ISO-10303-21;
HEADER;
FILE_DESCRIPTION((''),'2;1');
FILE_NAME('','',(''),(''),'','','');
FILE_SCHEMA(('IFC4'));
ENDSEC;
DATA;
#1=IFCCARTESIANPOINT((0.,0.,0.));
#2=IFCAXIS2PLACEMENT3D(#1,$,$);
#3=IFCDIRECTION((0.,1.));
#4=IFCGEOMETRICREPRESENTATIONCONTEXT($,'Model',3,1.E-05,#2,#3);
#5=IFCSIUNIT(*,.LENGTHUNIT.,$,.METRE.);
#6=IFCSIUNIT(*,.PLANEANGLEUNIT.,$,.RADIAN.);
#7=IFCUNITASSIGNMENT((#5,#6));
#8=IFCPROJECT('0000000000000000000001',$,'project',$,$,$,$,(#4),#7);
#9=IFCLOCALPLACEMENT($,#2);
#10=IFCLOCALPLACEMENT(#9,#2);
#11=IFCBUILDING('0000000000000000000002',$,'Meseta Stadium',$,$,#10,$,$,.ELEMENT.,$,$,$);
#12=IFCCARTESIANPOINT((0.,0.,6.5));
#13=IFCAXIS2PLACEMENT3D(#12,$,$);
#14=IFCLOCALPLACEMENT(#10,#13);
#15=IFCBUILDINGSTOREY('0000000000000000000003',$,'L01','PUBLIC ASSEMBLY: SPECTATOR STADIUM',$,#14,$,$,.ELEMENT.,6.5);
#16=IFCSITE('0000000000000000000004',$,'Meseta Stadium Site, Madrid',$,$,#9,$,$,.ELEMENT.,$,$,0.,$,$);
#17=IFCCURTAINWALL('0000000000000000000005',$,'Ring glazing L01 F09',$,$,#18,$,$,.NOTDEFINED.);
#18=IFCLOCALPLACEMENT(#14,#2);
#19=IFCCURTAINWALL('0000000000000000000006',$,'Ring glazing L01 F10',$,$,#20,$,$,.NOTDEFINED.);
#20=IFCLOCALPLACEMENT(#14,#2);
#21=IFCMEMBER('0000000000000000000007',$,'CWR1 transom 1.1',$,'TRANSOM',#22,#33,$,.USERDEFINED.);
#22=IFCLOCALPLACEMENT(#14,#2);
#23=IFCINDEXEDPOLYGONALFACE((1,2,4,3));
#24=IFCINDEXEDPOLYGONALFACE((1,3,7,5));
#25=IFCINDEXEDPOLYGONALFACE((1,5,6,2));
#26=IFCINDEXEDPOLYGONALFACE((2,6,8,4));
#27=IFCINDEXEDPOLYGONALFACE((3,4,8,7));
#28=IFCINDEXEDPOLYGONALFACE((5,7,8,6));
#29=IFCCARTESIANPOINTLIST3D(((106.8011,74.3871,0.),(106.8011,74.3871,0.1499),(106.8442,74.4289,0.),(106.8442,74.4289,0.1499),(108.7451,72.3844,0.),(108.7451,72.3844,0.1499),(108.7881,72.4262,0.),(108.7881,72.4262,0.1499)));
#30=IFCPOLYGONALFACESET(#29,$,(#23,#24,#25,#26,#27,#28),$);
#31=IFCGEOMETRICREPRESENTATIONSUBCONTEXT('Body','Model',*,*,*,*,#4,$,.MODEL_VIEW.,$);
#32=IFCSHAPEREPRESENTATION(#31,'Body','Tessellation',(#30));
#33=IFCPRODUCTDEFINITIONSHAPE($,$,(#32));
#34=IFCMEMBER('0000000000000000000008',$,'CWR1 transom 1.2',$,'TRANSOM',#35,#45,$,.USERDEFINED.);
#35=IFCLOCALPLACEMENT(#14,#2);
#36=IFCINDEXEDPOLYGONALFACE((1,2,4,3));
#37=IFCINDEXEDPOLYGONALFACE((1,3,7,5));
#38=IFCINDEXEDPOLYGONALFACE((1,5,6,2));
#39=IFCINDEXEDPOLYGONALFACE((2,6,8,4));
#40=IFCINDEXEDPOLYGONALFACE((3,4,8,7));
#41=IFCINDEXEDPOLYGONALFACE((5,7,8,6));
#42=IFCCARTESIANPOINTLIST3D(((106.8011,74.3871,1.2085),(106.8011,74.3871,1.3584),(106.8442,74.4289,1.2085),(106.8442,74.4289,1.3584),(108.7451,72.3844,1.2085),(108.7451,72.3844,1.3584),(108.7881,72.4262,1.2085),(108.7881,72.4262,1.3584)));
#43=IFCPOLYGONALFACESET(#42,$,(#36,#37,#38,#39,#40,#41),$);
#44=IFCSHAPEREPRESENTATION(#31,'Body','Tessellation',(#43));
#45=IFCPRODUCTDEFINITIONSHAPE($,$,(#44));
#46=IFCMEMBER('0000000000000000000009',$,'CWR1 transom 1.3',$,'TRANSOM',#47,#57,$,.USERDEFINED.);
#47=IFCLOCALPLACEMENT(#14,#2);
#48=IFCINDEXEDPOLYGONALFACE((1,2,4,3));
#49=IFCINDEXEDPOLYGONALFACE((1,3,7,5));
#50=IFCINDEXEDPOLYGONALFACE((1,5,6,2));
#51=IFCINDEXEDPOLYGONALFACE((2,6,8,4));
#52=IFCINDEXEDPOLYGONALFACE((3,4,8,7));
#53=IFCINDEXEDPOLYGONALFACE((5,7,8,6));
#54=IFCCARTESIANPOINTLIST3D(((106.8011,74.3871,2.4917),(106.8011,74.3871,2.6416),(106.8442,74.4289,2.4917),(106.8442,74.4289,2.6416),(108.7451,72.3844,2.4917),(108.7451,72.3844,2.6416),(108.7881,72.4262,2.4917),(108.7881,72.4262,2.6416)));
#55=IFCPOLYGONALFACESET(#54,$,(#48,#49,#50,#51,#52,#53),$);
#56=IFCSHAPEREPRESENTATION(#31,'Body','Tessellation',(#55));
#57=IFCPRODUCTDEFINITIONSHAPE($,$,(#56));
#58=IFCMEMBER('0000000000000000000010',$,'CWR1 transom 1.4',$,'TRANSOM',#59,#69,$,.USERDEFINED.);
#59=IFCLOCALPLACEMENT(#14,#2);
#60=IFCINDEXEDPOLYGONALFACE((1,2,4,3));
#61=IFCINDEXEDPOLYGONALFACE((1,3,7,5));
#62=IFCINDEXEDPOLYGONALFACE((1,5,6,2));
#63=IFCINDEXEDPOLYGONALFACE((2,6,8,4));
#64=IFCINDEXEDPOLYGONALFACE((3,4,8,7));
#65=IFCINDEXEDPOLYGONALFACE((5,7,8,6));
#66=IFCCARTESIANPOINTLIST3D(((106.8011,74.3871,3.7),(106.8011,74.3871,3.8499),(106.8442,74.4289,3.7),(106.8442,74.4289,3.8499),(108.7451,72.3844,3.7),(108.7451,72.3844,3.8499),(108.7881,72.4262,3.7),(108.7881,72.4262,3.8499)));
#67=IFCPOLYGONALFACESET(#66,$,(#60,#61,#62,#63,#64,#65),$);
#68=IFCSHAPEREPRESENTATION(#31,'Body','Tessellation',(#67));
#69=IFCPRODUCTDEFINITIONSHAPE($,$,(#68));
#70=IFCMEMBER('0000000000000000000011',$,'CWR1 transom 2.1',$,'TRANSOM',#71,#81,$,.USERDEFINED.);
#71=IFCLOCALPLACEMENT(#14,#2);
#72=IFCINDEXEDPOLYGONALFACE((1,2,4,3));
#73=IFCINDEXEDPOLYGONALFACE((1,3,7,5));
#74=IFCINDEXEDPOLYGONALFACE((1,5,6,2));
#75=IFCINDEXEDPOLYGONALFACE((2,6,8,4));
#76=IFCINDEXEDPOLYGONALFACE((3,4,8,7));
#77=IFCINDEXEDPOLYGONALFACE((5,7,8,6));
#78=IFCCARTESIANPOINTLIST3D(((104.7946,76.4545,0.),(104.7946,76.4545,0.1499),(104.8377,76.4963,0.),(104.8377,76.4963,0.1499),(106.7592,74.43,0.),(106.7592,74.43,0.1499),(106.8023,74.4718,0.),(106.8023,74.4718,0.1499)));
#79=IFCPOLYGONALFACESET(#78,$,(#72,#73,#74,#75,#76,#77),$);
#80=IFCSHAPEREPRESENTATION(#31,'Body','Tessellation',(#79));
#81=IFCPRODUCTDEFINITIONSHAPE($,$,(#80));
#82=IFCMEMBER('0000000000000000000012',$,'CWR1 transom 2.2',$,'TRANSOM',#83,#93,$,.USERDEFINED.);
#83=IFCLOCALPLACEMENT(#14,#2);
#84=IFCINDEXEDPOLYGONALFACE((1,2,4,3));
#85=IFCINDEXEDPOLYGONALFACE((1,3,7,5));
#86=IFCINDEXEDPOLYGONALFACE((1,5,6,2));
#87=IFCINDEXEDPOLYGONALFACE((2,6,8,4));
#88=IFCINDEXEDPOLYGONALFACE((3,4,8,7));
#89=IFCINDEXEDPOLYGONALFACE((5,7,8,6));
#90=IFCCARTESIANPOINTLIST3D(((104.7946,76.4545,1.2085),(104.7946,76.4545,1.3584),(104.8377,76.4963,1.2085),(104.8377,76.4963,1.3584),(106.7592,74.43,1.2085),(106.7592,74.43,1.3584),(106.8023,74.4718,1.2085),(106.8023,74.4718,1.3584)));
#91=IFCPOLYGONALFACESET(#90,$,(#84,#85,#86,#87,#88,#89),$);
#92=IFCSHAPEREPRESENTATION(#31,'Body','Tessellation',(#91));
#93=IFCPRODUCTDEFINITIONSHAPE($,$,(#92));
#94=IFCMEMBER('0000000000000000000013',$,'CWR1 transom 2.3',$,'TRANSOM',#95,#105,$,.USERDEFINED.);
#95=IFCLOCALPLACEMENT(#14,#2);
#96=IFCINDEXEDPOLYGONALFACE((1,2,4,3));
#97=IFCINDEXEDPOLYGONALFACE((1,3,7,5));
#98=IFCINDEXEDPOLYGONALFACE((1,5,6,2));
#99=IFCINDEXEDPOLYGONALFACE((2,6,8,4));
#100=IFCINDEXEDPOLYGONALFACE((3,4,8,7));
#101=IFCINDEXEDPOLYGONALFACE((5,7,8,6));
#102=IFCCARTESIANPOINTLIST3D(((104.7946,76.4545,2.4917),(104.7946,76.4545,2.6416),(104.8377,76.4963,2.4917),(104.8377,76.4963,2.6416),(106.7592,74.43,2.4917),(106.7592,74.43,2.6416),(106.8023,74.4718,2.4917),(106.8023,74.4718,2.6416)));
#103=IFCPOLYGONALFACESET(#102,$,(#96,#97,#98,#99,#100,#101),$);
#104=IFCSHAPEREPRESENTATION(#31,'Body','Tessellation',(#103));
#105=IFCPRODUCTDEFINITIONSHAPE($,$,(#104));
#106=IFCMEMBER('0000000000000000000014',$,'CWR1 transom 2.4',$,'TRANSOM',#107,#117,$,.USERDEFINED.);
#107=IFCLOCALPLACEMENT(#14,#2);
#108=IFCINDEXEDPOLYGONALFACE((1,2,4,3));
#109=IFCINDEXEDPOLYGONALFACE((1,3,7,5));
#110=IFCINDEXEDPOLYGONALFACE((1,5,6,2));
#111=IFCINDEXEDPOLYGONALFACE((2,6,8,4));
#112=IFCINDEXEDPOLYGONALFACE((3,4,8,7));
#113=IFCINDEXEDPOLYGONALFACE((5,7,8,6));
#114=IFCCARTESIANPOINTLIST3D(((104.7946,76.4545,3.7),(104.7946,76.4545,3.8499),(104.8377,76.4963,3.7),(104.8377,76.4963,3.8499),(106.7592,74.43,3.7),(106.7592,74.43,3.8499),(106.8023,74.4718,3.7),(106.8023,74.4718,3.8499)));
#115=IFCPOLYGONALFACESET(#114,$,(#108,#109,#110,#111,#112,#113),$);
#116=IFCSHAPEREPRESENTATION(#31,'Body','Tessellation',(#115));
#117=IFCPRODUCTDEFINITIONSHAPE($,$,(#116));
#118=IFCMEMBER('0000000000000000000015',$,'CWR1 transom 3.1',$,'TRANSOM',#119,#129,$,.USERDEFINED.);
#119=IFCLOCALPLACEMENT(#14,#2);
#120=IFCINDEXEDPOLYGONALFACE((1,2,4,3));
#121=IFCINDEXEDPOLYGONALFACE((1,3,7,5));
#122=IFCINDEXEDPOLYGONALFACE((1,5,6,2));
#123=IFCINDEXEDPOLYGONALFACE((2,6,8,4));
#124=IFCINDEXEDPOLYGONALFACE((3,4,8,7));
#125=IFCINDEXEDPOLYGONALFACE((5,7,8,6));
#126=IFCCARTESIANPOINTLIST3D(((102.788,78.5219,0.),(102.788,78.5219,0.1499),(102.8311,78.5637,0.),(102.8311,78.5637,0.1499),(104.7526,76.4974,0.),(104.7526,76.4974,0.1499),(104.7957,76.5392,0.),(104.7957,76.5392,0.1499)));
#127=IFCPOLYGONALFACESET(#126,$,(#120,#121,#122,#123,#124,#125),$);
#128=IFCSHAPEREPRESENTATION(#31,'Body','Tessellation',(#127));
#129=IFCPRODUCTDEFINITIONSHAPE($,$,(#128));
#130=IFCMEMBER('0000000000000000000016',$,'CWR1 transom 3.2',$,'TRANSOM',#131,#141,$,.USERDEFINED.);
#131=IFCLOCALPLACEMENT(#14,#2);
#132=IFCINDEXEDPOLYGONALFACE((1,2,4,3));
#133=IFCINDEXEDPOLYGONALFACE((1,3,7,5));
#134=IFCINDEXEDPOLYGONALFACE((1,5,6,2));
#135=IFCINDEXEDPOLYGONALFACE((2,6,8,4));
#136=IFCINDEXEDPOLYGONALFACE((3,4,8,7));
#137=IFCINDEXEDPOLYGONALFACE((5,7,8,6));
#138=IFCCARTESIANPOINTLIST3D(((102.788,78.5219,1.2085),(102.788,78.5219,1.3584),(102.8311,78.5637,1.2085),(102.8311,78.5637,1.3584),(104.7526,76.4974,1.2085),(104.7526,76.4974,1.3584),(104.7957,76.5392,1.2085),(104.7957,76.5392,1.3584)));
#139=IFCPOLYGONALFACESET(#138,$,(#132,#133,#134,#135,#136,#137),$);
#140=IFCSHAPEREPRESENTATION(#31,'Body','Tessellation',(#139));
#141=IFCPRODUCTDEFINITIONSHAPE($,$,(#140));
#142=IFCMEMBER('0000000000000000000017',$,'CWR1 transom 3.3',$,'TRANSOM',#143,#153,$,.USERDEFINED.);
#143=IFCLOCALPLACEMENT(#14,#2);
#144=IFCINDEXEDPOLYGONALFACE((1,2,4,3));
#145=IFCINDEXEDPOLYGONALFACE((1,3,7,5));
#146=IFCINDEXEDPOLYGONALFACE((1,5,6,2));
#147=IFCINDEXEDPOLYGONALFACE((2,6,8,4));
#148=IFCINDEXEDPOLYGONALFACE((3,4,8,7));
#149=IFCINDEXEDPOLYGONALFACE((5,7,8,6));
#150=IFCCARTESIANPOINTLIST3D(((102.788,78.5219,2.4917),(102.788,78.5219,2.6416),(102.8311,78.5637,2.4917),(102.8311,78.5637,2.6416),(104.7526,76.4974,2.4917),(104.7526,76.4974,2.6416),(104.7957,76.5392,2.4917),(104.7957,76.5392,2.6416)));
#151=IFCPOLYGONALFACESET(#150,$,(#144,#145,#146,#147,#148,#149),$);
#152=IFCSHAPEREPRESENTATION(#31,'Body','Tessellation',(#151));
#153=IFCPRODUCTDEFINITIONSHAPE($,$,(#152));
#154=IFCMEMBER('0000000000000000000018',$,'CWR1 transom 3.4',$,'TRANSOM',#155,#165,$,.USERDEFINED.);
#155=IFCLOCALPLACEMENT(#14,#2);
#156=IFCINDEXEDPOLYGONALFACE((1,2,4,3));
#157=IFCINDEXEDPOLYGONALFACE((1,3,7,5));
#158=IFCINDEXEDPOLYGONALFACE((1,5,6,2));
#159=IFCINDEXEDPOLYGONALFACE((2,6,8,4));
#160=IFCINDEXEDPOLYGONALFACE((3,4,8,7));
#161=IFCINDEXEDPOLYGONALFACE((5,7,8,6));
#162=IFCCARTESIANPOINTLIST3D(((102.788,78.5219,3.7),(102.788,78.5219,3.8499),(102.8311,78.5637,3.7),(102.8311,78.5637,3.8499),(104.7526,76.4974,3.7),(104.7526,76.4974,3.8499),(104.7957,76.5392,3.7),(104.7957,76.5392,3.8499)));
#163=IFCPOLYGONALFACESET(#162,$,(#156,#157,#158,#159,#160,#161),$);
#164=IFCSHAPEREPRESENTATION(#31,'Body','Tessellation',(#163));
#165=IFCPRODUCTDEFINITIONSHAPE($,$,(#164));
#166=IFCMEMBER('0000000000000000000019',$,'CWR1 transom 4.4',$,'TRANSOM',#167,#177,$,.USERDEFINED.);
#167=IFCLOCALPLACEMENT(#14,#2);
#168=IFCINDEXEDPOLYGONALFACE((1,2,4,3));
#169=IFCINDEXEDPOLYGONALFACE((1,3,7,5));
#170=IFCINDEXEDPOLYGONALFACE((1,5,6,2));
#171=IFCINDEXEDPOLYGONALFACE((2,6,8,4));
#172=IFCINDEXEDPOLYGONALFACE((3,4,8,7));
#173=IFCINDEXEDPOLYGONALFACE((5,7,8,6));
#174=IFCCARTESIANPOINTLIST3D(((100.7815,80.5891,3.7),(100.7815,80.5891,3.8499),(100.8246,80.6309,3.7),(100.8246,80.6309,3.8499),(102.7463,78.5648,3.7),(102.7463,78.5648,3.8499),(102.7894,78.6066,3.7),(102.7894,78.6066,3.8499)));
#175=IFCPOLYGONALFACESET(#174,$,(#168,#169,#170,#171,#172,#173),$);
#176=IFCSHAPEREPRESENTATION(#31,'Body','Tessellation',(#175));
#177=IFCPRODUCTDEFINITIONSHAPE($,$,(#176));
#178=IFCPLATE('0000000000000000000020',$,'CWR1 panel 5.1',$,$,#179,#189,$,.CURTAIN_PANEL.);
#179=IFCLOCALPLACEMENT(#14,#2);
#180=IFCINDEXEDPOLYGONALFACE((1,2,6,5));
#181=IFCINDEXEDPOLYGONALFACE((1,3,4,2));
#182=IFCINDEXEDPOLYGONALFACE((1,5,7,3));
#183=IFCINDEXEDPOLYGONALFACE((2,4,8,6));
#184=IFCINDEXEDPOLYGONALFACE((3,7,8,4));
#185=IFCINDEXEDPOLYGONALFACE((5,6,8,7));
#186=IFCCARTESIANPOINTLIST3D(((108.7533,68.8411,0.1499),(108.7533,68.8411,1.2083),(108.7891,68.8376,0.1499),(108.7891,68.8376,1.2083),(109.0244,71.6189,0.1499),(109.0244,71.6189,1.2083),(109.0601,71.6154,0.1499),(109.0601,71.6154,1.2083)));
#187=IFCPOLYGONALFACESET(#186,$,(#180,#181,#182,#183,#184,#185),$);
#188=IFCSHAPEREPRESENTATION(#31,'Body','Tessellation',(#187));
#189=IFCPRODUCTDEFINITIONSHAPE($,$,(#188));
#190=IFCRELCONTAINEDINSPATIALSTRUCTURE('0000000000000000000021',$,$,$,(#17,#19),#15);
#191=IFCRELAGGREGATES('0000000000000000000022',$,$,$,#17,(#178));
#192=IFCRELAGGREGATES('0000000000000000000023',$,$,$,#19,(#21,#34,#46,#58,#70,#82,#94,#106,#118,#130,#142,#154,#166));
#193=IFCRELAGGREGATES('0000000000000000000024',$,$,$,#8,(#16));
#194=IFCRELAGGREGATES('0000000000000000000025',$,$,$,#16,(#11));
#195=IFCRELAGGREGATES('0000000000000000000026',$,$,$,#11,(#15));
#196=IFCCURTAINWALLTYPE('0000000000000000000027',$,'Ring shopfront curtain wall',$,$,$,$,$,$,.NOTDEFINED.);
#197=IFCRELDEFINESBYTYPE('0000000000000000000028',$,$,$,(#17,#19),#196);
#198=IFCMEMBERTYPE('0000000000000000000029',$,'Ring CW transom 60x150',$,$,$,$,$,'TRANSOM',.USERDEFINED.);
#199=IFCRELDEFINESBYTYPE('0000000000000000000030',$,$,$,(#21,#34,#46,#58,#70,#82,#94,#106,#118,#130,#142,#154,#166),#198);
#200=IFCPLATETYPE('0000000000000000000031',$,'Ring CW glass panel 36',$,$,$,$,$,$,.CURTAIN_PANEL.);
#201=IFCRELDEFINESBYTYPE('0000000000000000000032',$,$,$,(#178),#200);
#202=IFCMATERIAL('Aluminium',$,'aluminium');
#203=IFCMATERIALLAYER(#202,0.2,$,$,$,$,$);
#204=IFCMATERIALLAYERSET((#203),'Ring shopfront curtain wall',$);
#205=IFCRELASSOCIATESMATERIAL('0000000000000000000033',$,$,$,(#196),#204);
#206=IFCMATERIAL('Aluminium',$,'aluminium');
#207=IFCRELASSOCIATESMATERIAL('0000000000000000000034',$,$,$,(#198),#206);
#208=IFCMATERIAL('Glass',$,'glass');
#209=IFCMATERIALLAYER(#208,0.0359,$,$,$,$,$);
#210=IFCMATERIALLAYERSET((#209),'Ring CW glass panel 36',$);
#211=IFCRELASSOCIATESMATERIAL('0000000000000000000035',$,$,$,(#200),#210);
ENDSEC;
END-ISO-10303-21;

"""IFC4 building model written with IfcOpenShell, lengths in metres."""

from ifc_helpers import new_model, si_unit, direction, frame, origin, origin_2d, place, context, subcontext, project, spatial, rectangle, extrude, material, layer, layer_set, material_profile, profile_set, type_object, element, aggregate, save


model = new_model("IFC4")

# Units and contexts
model_context = context("Model", 3, precision=1e-05, world=origin(), true_north=direction((0.0, 1.0)))
body_context = subcontext(model_context, "Body", "Model", "MODEL_VIEW")
ifc_project = project(units=[si_unit("LENGTHUNIT", "METRE"), si_unit("PLANEANGLEUNIT", "RADIAN")], contexts=[model_context])

# Site, building, storey
site_placement = place(None, origin())
site = spatial("IfcSite", under=ifc_project, at=site_placement, Name="Meseta Stadium Site, Madrid", CompositionType="ELEMENT", RefElevation=0.0)
building_placement = place(site_placement, origin())
building = spatial("IfcBuilding", under=site, at=building_placement, Name="Meseta Stadium", CompositionType="ELEMENT")
storey_placement = place(building_placement, frame((0.0, 0.0, 6.5)))
storey = spatial("IfcBuildingStorey", under=building, at=storey_placement, Name="L01", Description="PUBLIC ASSEMBLY: SPECTATOR STADIUM", CompositionType="ELEMENT", Elevation=6.5)

# Curtain wall
ifc_material_1 = material(Name="Aluminium", Category="aluminium")
ifc_layer_1 = layer(ifc_material_1, 0.2)
ifc_layer_set_1 = layer_set([ifc_layer_1], Name="Ring shopfront curtain wall")
curtain_wall_type = type_object("IfcCurtainWallType", Name="Ring shopfront curtain wall", PredefinedType="NOTDEFINED", material=ifc_layer_set_1)
curtain_wall_1_placement = place(storey_placement, origin())
curtain_wall_1 = element("IfcCurtainWall", 1, at=curtain_wall_1_placement, inside=storey, type_object=curtain_wall_type, Name="Ring glazing L01 F09", PredefinedType="NOTDEFINED")

# Curtain wall, members
curtain_wall_2_placement = place(storey_placement, origin())
curtain_wall_2 = element("IfcCurtainWall", 2, at=curtain_wall_2_placement, inside=storey, type_object=curtain_wall_type, Name="Ring glazing L01 F10", PredefinedType="NOTDEFINED")
ifc_material_2 = material(Name="Aluminium", Category="aluminium")
ifc_material_profile_1 = material_profile(ifc_material_2, rectangle(XDim=0.0601, YDim=0.1499, at=origin_2d()), Name="CW 60x150")
ifc_profile_set_1 = profile_set([ifc_material_profile_1], Name="Aluminium")
member_type_1 = type_object("IfcMemberType", Name="Ring CW transom 60x150", ElementType="TRANSOM", PredefinedType="USERDEFINED", material=ifc_profile_set_1)
member_1_placement = place(storey_placement, frame((108.7666, 72.4053, 0.075), z_axis=(-0.696487, 0.717569, 0.0), x_axis=(-0.717569, -0.696487, 0.0)))
member_1 = element("IfcMember", 3, at=member_1_placement, type_object=member_type_1, Name="CWR1 transom 1.1", ObjectType="TRANSOM", PredefinedType="USERDEFINED", context=body_context, shape_type="SweptSolid", body=[
    extrude(rectangle(XDim=0.0601, YDim=0.1499, at=origin_2d()), origin(), (0.0, 0.0, 1.0), 2.791),
])
member_2_placement = place(storey_placement, frame((108.7666, 72.4053, 1.2834), z_axis=(-0.696487, 0.717569, 0.0), x_axis=(-0.717569, -0.696487, 0.0)))
member_2 = element("IfcMember", 4, at=member_2_placement, type_object=member_type_1, Name="CWR1 transom 1.2", ObjectType="TRANSOM", PredefinedType="USERDEFINED", context=body_context, shape_type="SweptSolid", body=[
    extrude(rectangle(XDim=0.0601, YDim=0.1499, at=origin_2d()), origin(), (0.0, 0.0, 1.0), 2.791),
])
member_3_placement = place(storey_placement, frame((108.7666, 72.4053, 2.5667), z_axis=(-0.696487, 0.717569, 0.0), x_axis=(-0.717569, -0.696487, 0.0)))
member_3 = element("IfcMember", 5, at=member_3_placement, type_object=member_type_1, Name="CWR1 transom 1.3", ObjectType="TRANSOM", PredefinedType="USERDEFINED", context=body_context, shape_type="SweptSolid", body=[
    extrude(rectangle(XDim=0.0601, YDim=0.1499, at=origin_2d()), origin(), (0.0, 0.0, 1.0), 2.791),
])
member_4_placement = place(storey_placement, frame((108.7666, 72.4053, 3.7749), z_axis=(-0.696487, 0.717569, 0.0), x_axis=(-0.717569, -0.696487, 0.0)))
member_4 = element("IfcMember", 6, at=member_4_placement, type_object=member_type_1, Name="CWR1 transom 1.4", ObjectType="TRANSOM", PredefinedType="USERDEFINED", context=body_context, shape_type="SweptSolid", body=[
    extrude(rectangle(XDim=0.0601, YDim=0.1499, at=origin_2d()), origin(), (0.0, 0.0, 1.0), 2.791),
])
member_5_placement = place(storey_placement, frame((106.7808, 74.4509, 0.075), z_axis=(-0.696426, 0.717629, 0.0), x_axis=(-0.717629, -0.696426, 0.0)))
member_5 = element("IfcMember", 7, at=member_5_placement, type_object=member_type_1, Name="CWR1 transom 2.1", ObjectType="TRANSOM", PredefinedType="USERDEFINED", context=body_context, shape_type="SweptSolid", body=[
    extrude(rectangle(XDim=0.0601, YDim=0.1499, at=origin_2d()), origin(), (0.0, 0.0, 1.0), 2.821),
])
member_6_placement = place(storey_placement, frame((106.7808, 74.4509, 1.2834), z_axis=(-0.696426, 0.717629, 0.0), x_axis=(-0.717629, -0.696426, 0.0)))
member_6 = element("IfcMember", 8, at=member_6_placement, type_object=member_type_1, Name="CWR1 transom 2.2", ObjectType="TRANSOM", PredefinedType="USERDEFINED", context=body_context, shape_type="SweptSolid", body=[
    extrude(rectangle(XDim=0.0601, YDim=0.1499, at=origin_2d()), origin(), (0.0, 0.0, 1.0), 2.821),
])
member_7_placement = place(storey_placement, frame((106.7808, 74.4509, 2.5667), z_axis=(-0.696426, 0.717629, 0.0), x_axis=(-0.717629, -0.696426, 0.0)))
member_7 = element("IfcMember", 9, at=member_7_placement, type_object=member_type_1, Name="CWR1 transom 2.3", ObjectType="TRANSOM", PredefinedType="USERDEFINED", context=body_context, shape_type="SweptSolid", body=[
    extrude(rectangle(XDim=0.0601, YDim=0.1499, at=origin_2d()), origin(), (0.0, 0.0, 1.0), 2.821),
])
member_8_placement = place(storey_placement, frame((106.7808, 74.4509, 3.7749), z_axis=(-0.696426, 0.717629, 0.0), x_axis=(-0.717629, -0.696426, 0.0)))
member_8 = element("IfcMember", 10, at=member_8_placement, type_object=member_type_1, Name="CWR1 transom 2.4", ObjectType="TRANSOM", PredefinedType="USERDEFINED", context=body_context, shape_type="SweptSolid", body=[
    extrude(rectangle(XDim=0.0601, YDim=0.1499, at=origin_2d()), origin(), (0.0, 0.0, 1.0), 2.821),
])
member_9_placement = place(storey_placement, frame((104.7742, 76.5183, 0.075), z_axis=(-0.696426, 0.717629, 0.0), x_axis=(-0.717629, -0.696426, 0.0)))
member_9 = element("IfcMember", 11, at=member_9_placement, type_object=member_type_1, Name="CWR1 transom 3.1", ObjectType="TRANSOM", PredefinedType="USERDEFINED", context=body_context, shape_type="SweptSolid", body=[
    extrude(rectangle(XDim=0.0601, YDim=0.1499, at=origin_2d()), origin(), (0.0, 0.0, 1.0), 2.821),
])
member_10_placement = place(storey_placement, frame((104.7742, 76.5183, 1.2834), z_axis=(-0.696426, 0.717629, 0.0), x_axis=(-0.717629, -0.696426, 0.0)))
member_10 = element("IfcMember", 12, at=member_10_placement, type_object=member_type_1, Name="CWR1 transom 3.2", ObjectType="TRANSOM", PredefinedType="USERDEFINED", context=body_context, shape_type="SweptSolid", body=[
    extrude(rectangle(XDim=0.0601, YDim=0.1499, at=origin_2d()), origin(), (0.0, 0.0, 1.0), 2.821),
])
member_11_placement = place(storey_placement, frame((104.7742, 76.5183, 2.5667), z_axis=(-0.696426, 0.717629, 0.0), x_axis=(-0.717629, -0.696426, 0.0)))
member_11 = element("IfcMember", 13, at=member_11_placement, type_object=member_type_1, Name="CWR1 transom 3.3", ObjectType="TRANSOM", PredefinedType="USERDEFINED", context=body_context, shape_type="SweptSolid", body=[
    extrude(rectangle(XDim=0.0601, YDim=0.1499, at=origin_2d()), origin(), (0.0, 0.0, 1.0), 2.821),
])
member_12_placement = place(storey_placement, frame((104.7742, 76.5183, 3.7749), z_axis=(-0.696426, 0.717629, 0.0), x_axis=(-0.717629, -0.696426, 0.0)))
member_12 = element("IfcMember", 14, at=member_12_placement, type_object=member_type_1, Name="CWR1 transom 3.4", ObjectType="TRANSOM", PredefinedType="USERDEFINED", context=body_context, shape_type="SweptSolid", body=[
    extrude(rectangle(XDim=0.0601, YDim=0.1499, at=origin_2d()), origin(), (0.0, 0.0, 1.0), 2.821),
])
member_13_placement = place(storey_placement, frame((102.7678, 78.5857, 3.7749), z_axis=(-0.69647, 0.717586, 0.0), x_axis=(-0.717586, -0.69647, 0.0)))
member_13 = element("IfcMember", 15, at=member_13_placement, type_object=member_type_1, Name="CWR1 transom 4.4", ObjectType="TRANSOM", PredefinedType="USERDEFINED", context=body_context, shape_type="SweptSolid", body=[
    extrude(rectangle(XDim=0.0601, YDim=0.1499, at=origin_2d()), origin(), (0.0, 0.0, 1.0), 2.821),
])

# Plate
ifc_material_3 = material(Name="Glass", Category="glass")
ifc_layer_2 = layer(ifc_material_3, 0.0359)
ifc_layer_set_2 = layer_set([ifc_layer_2], Name="Ring CW glass panel 36")
plate_type_1 = type_object("IfcPlateType", Name="Ring CW glass panel 36", PredefinedType="CURTAIN_PANEL", material=ifc_layer_set_2)
plate_1_placement = place(storey_placement, frame((108.9067, 70.2283, 0.1499), z_axis=(0.0, 0.0, 1.0), x_axis=(0.097125, 0.995272, 0.0)))
plate_1 = element("IfcPlate", 16, at=plate_1_placement, type_object=plate_type_1, Name="CWR1 panel 5.1", PredefinedType="CURTAIN_PANEL", context=body_context, shape_type="SweptSolid", body=[
    extrude(rectangle(XDim=2.791, YDim=0.0359, at=origin_2d()), origin(), (0.0, 0.0, 1.0), 1.0583),
])
aggregate(curtain_wall_1, [plate_1])
aggregate(curtain_wall_2, [member_1, member_2, member_3, member_4, member_5, member_6, member_7, member_8, member_9, member_10, member_11, member_12, member_13])

save(model, "model.ifc")
